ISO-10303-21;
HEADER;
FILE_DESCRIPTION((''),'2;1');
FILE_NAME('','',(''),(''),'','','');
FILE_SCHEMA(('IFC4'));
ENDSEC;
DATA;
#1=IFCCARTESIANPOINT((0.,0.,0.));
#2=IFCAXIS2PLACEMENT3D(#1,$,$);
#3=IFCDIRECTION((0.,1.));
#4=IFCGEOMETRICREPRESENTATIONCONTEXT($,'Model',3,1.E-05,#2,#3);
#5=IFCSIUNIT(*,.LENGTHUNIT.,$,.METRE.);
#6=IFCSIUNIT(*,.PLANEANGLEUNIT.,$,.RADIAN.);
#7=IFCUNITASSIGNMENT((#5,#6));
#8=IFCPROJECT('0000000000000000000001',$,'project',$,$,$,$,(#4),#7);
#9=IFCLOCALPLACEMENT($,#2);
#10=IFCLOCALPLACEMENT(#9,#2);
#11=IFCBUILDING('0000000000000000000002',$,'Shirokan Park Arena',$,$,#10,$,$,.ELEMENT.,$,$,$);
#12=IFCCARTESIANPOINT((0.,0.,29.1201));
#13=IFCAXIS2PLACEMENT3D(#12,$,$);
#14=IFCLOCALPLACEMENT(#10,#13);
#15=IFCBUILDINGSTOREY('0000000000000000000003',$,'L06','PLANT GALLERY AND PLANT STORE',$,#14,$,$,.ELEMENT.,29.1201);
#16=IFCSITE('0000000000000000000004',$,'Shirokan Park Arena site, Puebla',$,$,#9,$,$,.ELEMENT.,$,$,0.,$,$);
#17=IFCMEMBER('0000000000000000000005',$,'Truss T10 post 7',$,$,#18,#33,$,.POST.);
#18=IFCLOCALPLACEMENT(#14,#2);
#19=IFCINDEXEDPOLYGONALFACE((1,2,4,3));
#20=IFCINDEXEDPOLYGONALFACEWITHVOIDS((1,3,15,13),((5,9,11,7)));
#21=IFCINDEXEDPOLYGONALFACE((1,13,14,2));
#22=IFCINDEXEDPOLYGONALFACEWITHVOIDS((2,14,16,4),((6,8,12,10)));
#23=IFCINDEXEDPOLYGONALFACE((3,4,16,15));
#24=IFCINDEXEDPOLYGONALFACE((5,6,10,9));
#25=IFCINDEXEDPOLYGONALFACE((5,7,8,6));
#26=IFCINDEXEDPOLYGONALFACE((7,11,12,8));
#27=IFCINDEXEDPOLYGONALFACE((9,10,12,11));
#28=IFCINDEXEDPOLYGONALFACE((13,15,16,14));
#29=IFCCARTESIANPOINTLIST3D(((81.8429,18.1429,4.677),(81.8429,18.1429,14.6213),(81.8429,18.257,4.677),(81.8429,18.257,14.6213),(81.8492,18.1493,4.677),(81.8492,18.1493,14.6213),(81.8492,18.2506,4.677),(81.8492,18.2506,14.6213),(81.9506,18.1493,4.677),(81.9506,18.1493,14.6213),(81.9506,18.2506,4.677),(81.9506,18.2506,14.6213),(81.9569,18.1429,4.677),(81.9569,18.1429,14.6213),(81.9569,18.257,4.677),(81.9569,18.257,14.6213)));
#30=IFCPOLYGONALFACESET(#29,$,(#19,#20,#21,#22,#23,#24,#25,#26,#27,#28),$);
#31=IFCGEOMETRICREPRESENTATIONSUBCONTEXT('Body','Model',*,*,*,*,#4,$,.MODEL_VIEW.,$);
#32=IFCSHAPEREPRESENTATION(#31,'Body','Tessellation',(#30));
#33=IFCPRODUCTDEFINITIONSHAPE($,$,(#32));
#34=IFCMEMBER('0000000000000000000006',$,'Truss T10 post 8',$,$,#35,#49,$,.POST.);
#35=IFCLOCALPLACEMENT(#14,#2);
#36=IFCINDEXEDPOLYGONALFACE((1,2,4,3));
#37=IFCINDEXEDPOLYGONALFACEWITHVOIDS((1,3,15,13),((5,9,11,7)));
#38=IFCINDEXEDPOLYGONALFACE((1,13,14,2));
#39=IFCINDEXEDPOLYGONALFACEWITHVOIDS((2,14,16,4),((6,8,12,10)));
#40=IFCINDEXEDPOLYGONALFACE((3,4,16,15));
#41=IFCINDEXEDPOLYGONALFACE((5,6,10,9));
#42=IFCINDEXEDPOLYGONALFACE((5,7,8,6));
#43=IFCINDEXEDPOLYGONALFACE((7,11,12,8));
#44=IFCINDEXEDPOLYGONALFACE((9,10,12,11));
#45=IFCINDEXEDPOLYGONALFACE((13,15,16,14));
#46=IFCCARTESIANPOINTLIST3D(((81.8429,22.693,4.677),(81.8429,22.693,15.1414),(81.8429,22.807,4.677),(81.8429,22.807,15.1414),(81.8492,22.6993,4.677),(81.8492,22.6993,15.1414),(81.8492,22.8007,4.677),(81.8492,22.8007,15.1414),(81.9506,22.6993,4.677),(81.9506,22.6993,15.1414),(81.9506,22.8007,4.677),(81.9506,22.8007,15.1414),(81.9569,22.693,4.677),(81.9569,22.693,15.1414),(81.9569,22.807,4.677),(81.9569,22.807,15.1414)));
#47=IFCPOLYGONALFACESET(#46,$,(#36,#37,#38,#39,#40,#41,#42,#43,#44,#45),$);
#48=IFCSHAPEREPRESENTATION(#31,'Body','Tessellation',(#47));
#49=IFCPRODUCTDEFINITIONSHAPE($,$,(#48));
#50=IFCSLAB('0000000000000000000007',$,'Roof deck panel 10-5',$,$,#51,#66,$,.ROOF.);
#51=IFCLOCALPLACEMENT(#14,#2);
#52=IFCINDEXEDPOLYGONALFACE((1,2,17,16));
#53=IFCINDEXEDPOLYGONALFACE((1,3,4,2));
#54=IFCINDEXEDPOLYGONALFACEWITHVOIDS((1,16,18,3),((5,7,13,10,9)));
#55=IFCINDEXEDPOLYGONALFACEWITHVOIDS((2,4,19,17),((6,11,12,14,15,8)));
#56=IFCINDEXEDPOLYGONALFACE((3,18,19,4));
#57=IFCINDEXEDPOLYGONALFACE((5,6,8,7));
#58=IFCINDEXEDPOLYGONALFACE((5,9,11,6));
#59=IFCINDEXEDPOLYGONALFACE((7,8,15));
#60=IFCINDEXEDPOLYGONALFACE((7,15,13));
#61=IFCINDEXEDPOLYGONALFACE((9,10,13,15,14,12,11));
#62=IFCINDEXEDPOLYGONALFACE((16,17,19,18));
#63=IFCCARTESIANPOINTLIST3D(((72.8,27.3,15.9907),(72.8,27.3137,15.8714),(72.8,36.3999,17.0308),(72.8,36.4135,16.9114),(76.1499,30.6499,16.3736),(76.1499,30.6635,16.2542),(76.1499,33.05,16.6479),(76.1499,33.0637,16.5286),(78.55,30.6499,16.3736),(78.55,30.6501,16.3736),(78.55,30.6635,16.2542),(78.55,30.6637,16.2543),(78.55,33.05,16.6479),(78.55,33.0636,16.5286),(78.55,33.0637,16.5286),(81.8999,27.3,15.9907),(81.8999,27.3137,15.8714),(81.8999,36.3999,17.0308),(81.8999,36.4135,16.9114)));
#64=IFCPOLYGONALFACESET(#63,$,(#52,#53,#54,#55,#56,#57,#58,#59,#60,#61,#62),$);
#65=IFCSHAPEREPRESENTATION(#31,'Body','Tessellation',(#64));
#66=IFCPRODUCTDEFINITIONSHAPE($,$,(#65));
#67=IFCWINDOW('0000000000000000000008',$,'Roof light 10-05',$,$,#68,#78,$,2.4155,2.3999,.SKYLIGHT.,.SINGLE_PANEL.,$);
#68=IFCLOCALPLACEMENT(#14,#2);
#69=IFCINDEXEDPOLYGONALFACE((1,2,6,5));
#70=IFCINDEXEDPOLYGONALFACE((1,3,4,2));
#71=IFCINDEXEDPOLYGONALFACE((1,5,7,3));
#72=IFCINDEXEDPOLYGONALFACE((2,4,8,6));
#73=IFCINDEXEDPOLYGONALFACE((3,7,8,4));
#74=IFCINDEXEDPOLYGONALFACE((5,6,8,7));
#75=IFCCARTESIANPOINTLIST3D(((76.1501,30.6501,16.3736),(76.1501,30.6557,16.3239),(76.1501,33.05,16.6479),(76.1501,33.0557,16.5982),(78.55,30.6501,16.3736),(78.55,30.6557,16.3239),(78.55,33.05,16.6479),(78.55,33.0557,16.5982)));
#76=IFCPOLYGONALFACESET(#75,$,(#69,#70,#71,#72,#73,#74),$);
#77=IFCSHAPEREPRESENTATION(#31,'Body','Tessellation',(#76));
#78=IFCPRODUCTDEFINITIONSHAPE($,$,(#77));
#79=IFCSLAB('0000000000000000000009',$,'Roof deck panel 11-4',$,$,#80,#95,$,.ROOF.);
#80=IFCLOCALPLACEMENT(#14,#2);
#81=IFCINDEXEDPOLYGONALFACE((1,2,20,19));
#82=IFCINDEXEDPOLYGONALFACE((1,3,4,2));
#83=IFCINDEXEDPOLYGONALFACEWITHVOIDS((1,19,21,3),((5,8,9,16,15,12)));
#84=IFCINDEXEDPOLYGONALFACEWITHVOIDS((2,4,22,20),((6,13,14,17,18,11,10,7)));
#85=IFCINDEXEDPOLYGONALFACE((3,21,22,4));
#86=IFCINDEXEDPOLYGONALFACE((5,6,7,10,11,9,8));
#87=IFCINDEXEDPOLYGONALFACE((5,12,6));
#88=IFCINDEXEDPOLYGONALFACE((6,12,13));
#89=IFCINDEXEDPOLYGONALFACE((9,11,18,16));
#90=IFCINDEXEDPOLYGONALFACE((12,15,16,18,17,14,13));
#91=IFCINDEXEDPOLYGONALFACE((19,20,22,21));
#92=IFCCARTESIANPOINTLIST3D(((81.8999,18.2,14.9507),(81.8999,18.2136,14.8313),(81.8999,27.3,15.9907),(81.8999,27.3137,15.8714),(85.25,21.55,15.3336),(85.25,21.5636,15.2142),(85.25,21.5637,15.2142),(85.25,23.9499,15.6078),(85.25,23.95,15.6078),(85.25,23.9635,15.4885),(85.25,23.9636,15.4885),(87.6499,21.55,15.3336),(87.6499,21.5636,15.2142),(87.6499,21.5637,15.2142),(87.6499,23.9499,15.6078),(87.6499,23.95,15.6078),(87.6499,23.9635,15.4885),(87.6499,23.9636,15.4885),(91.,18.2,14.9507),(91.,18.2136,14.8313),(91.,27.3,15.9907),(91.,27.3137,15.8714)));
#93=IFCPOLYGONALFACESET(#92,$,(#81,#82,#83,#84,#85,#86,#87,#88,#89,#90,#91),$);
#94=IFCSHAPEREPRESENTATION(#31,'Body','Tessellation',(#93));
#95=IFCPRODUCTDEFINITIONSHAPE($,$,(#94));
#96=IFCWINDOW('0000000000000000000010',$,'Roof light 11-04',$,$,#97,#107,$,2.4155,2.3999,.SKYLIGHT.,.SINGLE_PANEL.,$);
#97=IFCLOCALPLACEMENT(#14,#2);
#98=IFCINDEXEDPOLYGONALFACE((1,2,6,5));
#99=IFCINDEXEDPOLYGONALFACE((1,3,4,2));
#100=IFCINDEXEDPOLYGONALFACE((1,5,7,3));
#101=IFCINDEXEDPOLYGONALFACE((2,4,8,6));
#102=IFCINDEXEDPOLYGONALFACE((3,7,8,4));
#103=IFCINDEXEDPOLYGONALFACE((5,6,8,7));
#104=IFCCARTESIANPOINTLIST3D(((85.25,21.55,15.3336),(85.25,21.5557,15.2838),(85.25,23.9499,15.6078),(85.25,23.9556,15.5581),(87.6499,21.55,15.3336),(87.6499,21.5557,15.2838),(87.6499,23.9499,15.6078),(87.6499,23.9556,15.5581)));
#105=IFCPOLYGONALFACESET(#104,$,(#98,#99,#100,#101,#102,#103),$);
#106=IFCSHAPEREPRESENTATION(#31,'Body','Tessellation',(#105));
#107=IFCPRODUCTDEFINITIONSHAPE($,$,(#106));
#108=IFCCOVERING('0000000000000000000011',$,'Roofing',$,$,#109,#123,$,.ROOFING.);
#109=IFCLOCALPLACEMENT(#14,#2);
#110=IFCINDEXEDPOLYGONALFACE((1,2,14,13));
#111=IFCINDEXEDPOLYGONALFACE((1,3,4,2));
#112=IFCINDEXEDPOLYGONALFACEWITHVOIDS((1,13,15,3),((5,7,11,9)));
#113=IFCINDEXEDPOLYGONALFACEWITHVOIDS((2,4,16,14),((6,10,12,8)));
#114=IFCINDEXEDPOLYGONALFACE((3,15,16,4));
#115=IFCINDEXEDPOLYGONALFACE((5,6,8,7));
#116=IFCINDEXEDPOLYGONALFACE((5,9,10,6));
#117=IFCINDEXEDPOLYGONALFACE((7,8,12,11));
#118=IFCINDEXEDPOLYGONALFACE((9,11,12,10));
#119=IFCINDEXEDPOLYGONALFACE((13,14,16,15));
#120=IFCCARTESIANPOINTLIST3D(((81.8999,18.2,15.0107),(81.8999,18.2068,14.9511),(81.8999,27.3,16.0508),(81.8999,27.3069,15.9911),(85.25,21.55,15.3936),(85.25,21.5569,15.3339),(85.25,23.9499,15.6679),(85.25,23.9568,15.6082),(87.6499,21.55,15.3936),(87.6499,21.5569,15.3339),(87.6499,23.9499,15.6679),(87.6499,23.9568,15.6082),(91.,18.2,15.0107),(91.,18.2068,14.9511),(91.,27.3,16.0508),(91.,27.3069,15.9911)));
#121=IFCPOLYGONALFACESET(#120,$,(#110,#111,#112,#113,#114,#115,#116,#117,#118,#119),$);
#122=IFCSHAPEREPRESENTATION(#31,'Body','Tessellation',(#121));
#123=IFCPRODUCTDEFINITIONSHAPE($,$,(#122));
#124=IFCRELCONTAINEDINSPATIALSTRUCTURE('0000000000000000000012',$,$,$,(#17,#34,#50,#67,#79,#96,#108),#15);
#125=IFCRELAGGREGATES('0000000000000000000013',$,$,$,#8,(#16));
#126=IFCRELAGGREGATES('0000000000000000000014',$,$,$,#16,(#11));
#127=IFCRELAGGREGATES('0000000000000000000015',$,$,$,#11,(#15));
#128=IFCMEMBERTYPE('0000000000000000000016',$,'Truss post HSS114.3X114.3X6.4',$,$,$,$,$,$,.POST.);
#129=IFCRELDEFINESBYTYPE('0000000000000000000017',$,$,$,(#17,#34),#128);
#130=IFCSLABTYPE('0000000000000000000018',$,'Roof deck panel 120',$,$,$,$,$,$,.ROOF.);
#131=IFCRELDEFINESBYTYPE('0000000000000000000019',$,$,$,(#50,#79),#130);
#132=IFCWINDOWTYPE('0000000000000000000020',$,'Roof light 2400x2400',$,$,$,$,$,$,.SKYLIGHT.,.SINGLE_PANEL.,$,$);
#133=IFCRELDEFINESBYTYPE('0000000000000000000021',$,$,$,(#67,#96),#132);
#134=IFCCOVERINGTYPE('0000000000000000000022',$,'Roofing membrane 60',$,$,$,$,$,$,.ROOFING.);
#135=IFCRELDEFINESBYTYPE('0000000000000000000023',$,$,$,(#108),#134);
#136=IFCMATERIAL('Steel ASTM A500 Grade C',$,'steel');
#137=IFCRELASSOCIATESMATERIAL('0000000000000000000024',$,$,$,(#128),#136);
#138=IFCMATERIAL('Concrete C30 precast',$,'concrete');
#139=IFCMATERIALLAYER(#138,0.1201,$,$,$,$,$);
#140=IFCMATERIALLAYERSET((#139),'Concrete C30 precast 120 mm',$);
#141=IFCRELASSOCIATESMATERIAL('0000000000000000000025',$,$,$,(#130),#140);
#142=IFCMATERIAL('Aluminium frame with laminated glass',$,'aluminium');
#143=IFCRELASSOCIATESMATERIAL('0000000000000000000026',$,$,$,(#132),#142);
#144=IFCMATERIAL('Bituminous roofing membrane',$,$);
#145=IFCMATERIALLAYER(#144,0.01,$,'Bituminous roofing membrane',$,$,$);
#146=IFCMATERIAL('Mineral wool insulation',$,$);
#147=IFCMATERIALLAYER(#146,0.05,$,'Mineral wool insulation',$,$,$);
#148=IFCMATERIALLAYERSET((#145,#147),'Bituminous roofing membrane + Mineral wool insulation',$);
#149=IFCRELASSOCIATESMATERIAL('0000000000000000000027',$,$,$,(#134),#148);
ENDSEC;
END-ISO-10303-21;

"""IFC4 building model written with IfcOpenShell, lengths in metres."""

from ifc_helpers import new_model, si_unit, direction, frame, origin, origin_2d, place, context, subcontext, project, spatial, polyline, rectangle, hollow_rectangle, outline, extrude, material, layer, layer_set, material_profile, profile_set, type_object, element, fill, save


model = new_model("IFC4")

# Units and contexts
model_context = context("Model", 3, precision=1e-05, world=origin(), true_north=direction((0.0, 1.0)))
body_context = subcontext(model_context, "Body", "Model", "MODEL_VIEW")
ifc_project = project(units=[si_unit("LENGTHUNIT", "METRE"), si_unit("PLANEANGLEUNIT", "RADIAN")], contexts=[model_context])

# Site, building, storey
site_placement = place(None, origin())
site = spatial("IfcSite", under=ifc_project, at=site_placement, Name="Shirokan Park Arena site, Puebla", CompositionType="ELEMENT", RefElevation=0.0)
building_placement = place(site_placement, origin())
building = spatial("IfcBuilding", under=site, at=building_placement, Name="Shirokan Park Arena", CompositionType="ELEMENT")
storey_placement = place(building_placement, frame((0.0, 0.0, 29.1201)))
storey = spatial("IfcBuildingStorey", under=building, at=storey_placement, Name="L06", Description="PLANT GALLERY AND PLANT STORE", CompositionType="ELEMENT", Elevation=29.1201)

# Members
ifc_material_1 = material(Name="Steel ASTM A500 Grade C", Category="steel")
ifc_material_profile_1 = material_profile(ifc_material_1, hollow_rectangle(XDim=0.114, YDim=0.114, WallThickness=0.0063, at=origin_2d()), Name="HSS114.3X114.3X6.4")
ifc_profile_set_1 = profile_set([ifc_material_profile_1], Name="Steel ASTM A500 Grade C")
member_type_1 = type_object("IfcMemberType", Name="Truss post HSS114.3X114.3X6.4", PredefinedType="POST", material=ifc_profile_set_1)
member_1_placement = place(storey_placement, frame((81.8999, 18.2, 4.677), z_axis=(0.0, 0.0, 1.0), x_axis=(1.0, 0.0, 0.0)))
element("IfcMember", 1, at=member_1_placement, inside=storey, type_object=member_type_1, Name="Truss T10 post 7", PredefinedType="POST", context=body_context, shape_type="SweptSolid", body=[
    extrude(hollow_rectangle(XDim=0.114, YDim=0.114, WallThickness=0.0063, at=origin_2d()), origin(), (0.0, 0.0, 1.0), 9.9443),
])
member_2_placement = place(storey_placement, frame((81.8999, 22.75, 4.677), z_axis=(0.0, 0.0, 1.0), x_axis=(1.0, 0.0, 0.0)))
element("IfcMember", 2, at=member_2_placement, inside=storey, type_object=member_type_1, Name="Truss T10 post 8", PredefinedType="POST", context=body_context, shape_type="SweptSolid", body=[
    extrude(hollow_rectangle(XDim=0.114, YDim=0.114, WallThickness=0.0063, at=origin_2d()), origin(), (0.0, 0.0, 1.0), 10.4644),
])

# Slabs, openings, windows
ifc_material_2 = material(Name="Concrete C30 precast", Category="concrete")
ifc_layer_1 = layer(ifc_material_2, 0.1201)
ifc_layer_set_1 = layer_set([ifc_layer_1], Name="Concrete C30 precast 120 mm")
slab_type = type_object("IfcSlabType", Name="Roof deck panel 120", PredefinedType="ROOF", material=ifc_layer_set_1)
slab_1_placement = place(storey_placement, frame((72.8, 27.3, 15.9907), z_axis=(0.0, -0.113553, 0.993532), x_axis=(1.0, 0.0, 0.0)))
slab_1 = element("IfcSlab", 3, at=slab_1_placement, inside=storey, type_object=slab_type, Name="Roof deck panel 10-5", PredefinedType="ROOF", context=body_context, shape_type="SweptSolid", body=[
    extrude(outline(polyline([(0.0, 0.0), (9.0999, 0.0), (9.0999, 9.1591), (0.0, 9.1591), (0.0, 0.0)]), holes=[polyline([(3.3499, 3.3717), (5.75, 3.3717), (5.75, 5.7874), (3.3499, 5.7874), (3.3499, 3.3717)])]), origin(), (0.0, 0.0, -1.0), 0.1201),
])
opening_1_placement = place(slab_1_placement, frame((4.55, 4.5796, 0.01)))
opening_1 = element("IfcOpeningElement", 4, at=opening_1_placement, cuts=slab_1, PredefinedType="OPENING", context=body_context, shape_type="SweptSolid", body=[
    extrude(rectangle(XDim=2.3999, YDim=2.4155, at=origin_2d()), origin(), (0.0, 0.0, -1.0), 0.1399),
])
ifc_material_3 = material(Name="Aluminium frame with laminated glass", Category="aluminium")
window_type = type_object("IfcWindowType", Name="Roof light 2400x2400", PartitioningType="SINGLE_PANEL", PredefinedType="SKYLIGHT", material=ifc_material_3)
window_1_placement = place(opening_1_placement, frame((0.0, 0.0, -0.0601)))
window_1 = element("IfcWindow", 5, at=window_1_placement, inside=storey, type_object=window_type, Name="Roof light 10-05", OverallHeight=2.4155, OverallWidth=2.3999, PartitioningType="SINGLE_PANEL", PredefinedType="SKYLIGHT", context=body_context, shape_type="SweptSolid", body=[
    extrude(rectangle(XDim=2.3999, YDim=2.4155, at=origin_2d()), origin(), (0.0, 0.0, 1.0), 0.05),
])
fill(opening_1, window_1)
slab_2_placement = place(storey_placement, frame((81.8999, 18.2, 14.9507), z_axis=(0.0, -0.11355, 0.993532), x_axis=(1.0, 0.0, 0.0)))
slab_2 = element("IfcSlab", 6, at=slab_2_placement, inside=storey, type_object=slab_type, Name="Roof deck panel 11-4", PredefinedType="ROOF", context=body_context, shape_type="SweptSolid", body=[
    extrude(outline(polyline([(0.0, 0.0), (9.1001, 0.0), (9.1001, 9.1593), (0.0, 9.1593), (0.0, 0.0)]), holes=[polyline([(3.3501, 3.3719), (5.75, 3.3719), (5.75, 5.7874), (3.3501, 5.7874), (3.3501, 3.3719)])]), origin(), (0.0, 0.0, -1.0), 0.1201),
])
opening_2_placement = place(slab_2_placement, frame((4.55, 4.5796, 0.01)))
opening_2 = element("IfcOpeningElement", 7, at=opening_2_placement, cuts=slab_2, PredefinedType="OPENING", context=body_context, shape_type="SweptSolid", body=[
    extrude(rectangle(XDim=2.3999, YDim=2.4155, at=origin_2d()), origin(), (0.0, 0.0, -1.0), 0.1399),
])
window_2_placement = place(opening_2_placement, frame((0.0, 0.0, -0.0601)))
window_2 = element("IfcWindow", 8, at=window_2_placement, inside=storey, type_object=window_type, Name="Roof light 11-04", OverallHeight=2.4155, OverallWidth=2.3999, PartitioningType="SINGLE_PANEL", PredefinedType="SKYLIGHT", context=body_context, shape_type="SweptSolid", body=[
    extrude(rectangle(XDim=2.3999, YDim=2.4155, at=origin_2d()), origin(), (0.0, 0.0, 1.0), 0.05),
])
fill(opening_2, window_2)

# Covering
ifc_material_4 = material(Name="Bituminous roofing membrane")
ifc_layer_2 = layer(ifc_material_4, 0.01, Name="Bituminous roofing membrane")
ifc_material_5 = material(Name="Mineral wool insulation")
ifc_layer_3 = layer(ifc_material_5, 0.05, Name="Mineral wool insulation")
ifc_layer_set_2 = layer_set([ifc_layer_2, ifc_layer_3], Name="Bituminous roofing membrane + Mineral wool insulation")
covering_type = type_object("IfcCoveringType", Name="Roofing membrane 60", PredefinedType="ROOFING", material=ifc_layer_set_2)
covering_placement = place(storey_placement, frame((81.8999, 18.2, 15.0107), z_axis=(0.0, -0.11355, 0.993532), x_axis=(1.0, 0.0, 0.0)))
element("IfcCovering", 9, at=covering_placement, inside=storey, type_object=covering_type, Name="Roofing", PredefinedType="ROOFING", context=body_context, shape_type="SweptSolid", body=[
    extrude(outline(polyline([(0.0, 0.0), (9.1001, 0.0), (9.1001, 9.1593), (0.0, 9.1593), (0.0, 0.0)]), holes=[polyline([(5.75, 3.3719), (5.75, 5.7874), (3.3501, 5.7874), (3.3501, 3.3719), (5.75, 3.3719)])]), origin(), (0.0, 0.0, -1.0), 0.0601),
])

save(model, "model.ifc")
